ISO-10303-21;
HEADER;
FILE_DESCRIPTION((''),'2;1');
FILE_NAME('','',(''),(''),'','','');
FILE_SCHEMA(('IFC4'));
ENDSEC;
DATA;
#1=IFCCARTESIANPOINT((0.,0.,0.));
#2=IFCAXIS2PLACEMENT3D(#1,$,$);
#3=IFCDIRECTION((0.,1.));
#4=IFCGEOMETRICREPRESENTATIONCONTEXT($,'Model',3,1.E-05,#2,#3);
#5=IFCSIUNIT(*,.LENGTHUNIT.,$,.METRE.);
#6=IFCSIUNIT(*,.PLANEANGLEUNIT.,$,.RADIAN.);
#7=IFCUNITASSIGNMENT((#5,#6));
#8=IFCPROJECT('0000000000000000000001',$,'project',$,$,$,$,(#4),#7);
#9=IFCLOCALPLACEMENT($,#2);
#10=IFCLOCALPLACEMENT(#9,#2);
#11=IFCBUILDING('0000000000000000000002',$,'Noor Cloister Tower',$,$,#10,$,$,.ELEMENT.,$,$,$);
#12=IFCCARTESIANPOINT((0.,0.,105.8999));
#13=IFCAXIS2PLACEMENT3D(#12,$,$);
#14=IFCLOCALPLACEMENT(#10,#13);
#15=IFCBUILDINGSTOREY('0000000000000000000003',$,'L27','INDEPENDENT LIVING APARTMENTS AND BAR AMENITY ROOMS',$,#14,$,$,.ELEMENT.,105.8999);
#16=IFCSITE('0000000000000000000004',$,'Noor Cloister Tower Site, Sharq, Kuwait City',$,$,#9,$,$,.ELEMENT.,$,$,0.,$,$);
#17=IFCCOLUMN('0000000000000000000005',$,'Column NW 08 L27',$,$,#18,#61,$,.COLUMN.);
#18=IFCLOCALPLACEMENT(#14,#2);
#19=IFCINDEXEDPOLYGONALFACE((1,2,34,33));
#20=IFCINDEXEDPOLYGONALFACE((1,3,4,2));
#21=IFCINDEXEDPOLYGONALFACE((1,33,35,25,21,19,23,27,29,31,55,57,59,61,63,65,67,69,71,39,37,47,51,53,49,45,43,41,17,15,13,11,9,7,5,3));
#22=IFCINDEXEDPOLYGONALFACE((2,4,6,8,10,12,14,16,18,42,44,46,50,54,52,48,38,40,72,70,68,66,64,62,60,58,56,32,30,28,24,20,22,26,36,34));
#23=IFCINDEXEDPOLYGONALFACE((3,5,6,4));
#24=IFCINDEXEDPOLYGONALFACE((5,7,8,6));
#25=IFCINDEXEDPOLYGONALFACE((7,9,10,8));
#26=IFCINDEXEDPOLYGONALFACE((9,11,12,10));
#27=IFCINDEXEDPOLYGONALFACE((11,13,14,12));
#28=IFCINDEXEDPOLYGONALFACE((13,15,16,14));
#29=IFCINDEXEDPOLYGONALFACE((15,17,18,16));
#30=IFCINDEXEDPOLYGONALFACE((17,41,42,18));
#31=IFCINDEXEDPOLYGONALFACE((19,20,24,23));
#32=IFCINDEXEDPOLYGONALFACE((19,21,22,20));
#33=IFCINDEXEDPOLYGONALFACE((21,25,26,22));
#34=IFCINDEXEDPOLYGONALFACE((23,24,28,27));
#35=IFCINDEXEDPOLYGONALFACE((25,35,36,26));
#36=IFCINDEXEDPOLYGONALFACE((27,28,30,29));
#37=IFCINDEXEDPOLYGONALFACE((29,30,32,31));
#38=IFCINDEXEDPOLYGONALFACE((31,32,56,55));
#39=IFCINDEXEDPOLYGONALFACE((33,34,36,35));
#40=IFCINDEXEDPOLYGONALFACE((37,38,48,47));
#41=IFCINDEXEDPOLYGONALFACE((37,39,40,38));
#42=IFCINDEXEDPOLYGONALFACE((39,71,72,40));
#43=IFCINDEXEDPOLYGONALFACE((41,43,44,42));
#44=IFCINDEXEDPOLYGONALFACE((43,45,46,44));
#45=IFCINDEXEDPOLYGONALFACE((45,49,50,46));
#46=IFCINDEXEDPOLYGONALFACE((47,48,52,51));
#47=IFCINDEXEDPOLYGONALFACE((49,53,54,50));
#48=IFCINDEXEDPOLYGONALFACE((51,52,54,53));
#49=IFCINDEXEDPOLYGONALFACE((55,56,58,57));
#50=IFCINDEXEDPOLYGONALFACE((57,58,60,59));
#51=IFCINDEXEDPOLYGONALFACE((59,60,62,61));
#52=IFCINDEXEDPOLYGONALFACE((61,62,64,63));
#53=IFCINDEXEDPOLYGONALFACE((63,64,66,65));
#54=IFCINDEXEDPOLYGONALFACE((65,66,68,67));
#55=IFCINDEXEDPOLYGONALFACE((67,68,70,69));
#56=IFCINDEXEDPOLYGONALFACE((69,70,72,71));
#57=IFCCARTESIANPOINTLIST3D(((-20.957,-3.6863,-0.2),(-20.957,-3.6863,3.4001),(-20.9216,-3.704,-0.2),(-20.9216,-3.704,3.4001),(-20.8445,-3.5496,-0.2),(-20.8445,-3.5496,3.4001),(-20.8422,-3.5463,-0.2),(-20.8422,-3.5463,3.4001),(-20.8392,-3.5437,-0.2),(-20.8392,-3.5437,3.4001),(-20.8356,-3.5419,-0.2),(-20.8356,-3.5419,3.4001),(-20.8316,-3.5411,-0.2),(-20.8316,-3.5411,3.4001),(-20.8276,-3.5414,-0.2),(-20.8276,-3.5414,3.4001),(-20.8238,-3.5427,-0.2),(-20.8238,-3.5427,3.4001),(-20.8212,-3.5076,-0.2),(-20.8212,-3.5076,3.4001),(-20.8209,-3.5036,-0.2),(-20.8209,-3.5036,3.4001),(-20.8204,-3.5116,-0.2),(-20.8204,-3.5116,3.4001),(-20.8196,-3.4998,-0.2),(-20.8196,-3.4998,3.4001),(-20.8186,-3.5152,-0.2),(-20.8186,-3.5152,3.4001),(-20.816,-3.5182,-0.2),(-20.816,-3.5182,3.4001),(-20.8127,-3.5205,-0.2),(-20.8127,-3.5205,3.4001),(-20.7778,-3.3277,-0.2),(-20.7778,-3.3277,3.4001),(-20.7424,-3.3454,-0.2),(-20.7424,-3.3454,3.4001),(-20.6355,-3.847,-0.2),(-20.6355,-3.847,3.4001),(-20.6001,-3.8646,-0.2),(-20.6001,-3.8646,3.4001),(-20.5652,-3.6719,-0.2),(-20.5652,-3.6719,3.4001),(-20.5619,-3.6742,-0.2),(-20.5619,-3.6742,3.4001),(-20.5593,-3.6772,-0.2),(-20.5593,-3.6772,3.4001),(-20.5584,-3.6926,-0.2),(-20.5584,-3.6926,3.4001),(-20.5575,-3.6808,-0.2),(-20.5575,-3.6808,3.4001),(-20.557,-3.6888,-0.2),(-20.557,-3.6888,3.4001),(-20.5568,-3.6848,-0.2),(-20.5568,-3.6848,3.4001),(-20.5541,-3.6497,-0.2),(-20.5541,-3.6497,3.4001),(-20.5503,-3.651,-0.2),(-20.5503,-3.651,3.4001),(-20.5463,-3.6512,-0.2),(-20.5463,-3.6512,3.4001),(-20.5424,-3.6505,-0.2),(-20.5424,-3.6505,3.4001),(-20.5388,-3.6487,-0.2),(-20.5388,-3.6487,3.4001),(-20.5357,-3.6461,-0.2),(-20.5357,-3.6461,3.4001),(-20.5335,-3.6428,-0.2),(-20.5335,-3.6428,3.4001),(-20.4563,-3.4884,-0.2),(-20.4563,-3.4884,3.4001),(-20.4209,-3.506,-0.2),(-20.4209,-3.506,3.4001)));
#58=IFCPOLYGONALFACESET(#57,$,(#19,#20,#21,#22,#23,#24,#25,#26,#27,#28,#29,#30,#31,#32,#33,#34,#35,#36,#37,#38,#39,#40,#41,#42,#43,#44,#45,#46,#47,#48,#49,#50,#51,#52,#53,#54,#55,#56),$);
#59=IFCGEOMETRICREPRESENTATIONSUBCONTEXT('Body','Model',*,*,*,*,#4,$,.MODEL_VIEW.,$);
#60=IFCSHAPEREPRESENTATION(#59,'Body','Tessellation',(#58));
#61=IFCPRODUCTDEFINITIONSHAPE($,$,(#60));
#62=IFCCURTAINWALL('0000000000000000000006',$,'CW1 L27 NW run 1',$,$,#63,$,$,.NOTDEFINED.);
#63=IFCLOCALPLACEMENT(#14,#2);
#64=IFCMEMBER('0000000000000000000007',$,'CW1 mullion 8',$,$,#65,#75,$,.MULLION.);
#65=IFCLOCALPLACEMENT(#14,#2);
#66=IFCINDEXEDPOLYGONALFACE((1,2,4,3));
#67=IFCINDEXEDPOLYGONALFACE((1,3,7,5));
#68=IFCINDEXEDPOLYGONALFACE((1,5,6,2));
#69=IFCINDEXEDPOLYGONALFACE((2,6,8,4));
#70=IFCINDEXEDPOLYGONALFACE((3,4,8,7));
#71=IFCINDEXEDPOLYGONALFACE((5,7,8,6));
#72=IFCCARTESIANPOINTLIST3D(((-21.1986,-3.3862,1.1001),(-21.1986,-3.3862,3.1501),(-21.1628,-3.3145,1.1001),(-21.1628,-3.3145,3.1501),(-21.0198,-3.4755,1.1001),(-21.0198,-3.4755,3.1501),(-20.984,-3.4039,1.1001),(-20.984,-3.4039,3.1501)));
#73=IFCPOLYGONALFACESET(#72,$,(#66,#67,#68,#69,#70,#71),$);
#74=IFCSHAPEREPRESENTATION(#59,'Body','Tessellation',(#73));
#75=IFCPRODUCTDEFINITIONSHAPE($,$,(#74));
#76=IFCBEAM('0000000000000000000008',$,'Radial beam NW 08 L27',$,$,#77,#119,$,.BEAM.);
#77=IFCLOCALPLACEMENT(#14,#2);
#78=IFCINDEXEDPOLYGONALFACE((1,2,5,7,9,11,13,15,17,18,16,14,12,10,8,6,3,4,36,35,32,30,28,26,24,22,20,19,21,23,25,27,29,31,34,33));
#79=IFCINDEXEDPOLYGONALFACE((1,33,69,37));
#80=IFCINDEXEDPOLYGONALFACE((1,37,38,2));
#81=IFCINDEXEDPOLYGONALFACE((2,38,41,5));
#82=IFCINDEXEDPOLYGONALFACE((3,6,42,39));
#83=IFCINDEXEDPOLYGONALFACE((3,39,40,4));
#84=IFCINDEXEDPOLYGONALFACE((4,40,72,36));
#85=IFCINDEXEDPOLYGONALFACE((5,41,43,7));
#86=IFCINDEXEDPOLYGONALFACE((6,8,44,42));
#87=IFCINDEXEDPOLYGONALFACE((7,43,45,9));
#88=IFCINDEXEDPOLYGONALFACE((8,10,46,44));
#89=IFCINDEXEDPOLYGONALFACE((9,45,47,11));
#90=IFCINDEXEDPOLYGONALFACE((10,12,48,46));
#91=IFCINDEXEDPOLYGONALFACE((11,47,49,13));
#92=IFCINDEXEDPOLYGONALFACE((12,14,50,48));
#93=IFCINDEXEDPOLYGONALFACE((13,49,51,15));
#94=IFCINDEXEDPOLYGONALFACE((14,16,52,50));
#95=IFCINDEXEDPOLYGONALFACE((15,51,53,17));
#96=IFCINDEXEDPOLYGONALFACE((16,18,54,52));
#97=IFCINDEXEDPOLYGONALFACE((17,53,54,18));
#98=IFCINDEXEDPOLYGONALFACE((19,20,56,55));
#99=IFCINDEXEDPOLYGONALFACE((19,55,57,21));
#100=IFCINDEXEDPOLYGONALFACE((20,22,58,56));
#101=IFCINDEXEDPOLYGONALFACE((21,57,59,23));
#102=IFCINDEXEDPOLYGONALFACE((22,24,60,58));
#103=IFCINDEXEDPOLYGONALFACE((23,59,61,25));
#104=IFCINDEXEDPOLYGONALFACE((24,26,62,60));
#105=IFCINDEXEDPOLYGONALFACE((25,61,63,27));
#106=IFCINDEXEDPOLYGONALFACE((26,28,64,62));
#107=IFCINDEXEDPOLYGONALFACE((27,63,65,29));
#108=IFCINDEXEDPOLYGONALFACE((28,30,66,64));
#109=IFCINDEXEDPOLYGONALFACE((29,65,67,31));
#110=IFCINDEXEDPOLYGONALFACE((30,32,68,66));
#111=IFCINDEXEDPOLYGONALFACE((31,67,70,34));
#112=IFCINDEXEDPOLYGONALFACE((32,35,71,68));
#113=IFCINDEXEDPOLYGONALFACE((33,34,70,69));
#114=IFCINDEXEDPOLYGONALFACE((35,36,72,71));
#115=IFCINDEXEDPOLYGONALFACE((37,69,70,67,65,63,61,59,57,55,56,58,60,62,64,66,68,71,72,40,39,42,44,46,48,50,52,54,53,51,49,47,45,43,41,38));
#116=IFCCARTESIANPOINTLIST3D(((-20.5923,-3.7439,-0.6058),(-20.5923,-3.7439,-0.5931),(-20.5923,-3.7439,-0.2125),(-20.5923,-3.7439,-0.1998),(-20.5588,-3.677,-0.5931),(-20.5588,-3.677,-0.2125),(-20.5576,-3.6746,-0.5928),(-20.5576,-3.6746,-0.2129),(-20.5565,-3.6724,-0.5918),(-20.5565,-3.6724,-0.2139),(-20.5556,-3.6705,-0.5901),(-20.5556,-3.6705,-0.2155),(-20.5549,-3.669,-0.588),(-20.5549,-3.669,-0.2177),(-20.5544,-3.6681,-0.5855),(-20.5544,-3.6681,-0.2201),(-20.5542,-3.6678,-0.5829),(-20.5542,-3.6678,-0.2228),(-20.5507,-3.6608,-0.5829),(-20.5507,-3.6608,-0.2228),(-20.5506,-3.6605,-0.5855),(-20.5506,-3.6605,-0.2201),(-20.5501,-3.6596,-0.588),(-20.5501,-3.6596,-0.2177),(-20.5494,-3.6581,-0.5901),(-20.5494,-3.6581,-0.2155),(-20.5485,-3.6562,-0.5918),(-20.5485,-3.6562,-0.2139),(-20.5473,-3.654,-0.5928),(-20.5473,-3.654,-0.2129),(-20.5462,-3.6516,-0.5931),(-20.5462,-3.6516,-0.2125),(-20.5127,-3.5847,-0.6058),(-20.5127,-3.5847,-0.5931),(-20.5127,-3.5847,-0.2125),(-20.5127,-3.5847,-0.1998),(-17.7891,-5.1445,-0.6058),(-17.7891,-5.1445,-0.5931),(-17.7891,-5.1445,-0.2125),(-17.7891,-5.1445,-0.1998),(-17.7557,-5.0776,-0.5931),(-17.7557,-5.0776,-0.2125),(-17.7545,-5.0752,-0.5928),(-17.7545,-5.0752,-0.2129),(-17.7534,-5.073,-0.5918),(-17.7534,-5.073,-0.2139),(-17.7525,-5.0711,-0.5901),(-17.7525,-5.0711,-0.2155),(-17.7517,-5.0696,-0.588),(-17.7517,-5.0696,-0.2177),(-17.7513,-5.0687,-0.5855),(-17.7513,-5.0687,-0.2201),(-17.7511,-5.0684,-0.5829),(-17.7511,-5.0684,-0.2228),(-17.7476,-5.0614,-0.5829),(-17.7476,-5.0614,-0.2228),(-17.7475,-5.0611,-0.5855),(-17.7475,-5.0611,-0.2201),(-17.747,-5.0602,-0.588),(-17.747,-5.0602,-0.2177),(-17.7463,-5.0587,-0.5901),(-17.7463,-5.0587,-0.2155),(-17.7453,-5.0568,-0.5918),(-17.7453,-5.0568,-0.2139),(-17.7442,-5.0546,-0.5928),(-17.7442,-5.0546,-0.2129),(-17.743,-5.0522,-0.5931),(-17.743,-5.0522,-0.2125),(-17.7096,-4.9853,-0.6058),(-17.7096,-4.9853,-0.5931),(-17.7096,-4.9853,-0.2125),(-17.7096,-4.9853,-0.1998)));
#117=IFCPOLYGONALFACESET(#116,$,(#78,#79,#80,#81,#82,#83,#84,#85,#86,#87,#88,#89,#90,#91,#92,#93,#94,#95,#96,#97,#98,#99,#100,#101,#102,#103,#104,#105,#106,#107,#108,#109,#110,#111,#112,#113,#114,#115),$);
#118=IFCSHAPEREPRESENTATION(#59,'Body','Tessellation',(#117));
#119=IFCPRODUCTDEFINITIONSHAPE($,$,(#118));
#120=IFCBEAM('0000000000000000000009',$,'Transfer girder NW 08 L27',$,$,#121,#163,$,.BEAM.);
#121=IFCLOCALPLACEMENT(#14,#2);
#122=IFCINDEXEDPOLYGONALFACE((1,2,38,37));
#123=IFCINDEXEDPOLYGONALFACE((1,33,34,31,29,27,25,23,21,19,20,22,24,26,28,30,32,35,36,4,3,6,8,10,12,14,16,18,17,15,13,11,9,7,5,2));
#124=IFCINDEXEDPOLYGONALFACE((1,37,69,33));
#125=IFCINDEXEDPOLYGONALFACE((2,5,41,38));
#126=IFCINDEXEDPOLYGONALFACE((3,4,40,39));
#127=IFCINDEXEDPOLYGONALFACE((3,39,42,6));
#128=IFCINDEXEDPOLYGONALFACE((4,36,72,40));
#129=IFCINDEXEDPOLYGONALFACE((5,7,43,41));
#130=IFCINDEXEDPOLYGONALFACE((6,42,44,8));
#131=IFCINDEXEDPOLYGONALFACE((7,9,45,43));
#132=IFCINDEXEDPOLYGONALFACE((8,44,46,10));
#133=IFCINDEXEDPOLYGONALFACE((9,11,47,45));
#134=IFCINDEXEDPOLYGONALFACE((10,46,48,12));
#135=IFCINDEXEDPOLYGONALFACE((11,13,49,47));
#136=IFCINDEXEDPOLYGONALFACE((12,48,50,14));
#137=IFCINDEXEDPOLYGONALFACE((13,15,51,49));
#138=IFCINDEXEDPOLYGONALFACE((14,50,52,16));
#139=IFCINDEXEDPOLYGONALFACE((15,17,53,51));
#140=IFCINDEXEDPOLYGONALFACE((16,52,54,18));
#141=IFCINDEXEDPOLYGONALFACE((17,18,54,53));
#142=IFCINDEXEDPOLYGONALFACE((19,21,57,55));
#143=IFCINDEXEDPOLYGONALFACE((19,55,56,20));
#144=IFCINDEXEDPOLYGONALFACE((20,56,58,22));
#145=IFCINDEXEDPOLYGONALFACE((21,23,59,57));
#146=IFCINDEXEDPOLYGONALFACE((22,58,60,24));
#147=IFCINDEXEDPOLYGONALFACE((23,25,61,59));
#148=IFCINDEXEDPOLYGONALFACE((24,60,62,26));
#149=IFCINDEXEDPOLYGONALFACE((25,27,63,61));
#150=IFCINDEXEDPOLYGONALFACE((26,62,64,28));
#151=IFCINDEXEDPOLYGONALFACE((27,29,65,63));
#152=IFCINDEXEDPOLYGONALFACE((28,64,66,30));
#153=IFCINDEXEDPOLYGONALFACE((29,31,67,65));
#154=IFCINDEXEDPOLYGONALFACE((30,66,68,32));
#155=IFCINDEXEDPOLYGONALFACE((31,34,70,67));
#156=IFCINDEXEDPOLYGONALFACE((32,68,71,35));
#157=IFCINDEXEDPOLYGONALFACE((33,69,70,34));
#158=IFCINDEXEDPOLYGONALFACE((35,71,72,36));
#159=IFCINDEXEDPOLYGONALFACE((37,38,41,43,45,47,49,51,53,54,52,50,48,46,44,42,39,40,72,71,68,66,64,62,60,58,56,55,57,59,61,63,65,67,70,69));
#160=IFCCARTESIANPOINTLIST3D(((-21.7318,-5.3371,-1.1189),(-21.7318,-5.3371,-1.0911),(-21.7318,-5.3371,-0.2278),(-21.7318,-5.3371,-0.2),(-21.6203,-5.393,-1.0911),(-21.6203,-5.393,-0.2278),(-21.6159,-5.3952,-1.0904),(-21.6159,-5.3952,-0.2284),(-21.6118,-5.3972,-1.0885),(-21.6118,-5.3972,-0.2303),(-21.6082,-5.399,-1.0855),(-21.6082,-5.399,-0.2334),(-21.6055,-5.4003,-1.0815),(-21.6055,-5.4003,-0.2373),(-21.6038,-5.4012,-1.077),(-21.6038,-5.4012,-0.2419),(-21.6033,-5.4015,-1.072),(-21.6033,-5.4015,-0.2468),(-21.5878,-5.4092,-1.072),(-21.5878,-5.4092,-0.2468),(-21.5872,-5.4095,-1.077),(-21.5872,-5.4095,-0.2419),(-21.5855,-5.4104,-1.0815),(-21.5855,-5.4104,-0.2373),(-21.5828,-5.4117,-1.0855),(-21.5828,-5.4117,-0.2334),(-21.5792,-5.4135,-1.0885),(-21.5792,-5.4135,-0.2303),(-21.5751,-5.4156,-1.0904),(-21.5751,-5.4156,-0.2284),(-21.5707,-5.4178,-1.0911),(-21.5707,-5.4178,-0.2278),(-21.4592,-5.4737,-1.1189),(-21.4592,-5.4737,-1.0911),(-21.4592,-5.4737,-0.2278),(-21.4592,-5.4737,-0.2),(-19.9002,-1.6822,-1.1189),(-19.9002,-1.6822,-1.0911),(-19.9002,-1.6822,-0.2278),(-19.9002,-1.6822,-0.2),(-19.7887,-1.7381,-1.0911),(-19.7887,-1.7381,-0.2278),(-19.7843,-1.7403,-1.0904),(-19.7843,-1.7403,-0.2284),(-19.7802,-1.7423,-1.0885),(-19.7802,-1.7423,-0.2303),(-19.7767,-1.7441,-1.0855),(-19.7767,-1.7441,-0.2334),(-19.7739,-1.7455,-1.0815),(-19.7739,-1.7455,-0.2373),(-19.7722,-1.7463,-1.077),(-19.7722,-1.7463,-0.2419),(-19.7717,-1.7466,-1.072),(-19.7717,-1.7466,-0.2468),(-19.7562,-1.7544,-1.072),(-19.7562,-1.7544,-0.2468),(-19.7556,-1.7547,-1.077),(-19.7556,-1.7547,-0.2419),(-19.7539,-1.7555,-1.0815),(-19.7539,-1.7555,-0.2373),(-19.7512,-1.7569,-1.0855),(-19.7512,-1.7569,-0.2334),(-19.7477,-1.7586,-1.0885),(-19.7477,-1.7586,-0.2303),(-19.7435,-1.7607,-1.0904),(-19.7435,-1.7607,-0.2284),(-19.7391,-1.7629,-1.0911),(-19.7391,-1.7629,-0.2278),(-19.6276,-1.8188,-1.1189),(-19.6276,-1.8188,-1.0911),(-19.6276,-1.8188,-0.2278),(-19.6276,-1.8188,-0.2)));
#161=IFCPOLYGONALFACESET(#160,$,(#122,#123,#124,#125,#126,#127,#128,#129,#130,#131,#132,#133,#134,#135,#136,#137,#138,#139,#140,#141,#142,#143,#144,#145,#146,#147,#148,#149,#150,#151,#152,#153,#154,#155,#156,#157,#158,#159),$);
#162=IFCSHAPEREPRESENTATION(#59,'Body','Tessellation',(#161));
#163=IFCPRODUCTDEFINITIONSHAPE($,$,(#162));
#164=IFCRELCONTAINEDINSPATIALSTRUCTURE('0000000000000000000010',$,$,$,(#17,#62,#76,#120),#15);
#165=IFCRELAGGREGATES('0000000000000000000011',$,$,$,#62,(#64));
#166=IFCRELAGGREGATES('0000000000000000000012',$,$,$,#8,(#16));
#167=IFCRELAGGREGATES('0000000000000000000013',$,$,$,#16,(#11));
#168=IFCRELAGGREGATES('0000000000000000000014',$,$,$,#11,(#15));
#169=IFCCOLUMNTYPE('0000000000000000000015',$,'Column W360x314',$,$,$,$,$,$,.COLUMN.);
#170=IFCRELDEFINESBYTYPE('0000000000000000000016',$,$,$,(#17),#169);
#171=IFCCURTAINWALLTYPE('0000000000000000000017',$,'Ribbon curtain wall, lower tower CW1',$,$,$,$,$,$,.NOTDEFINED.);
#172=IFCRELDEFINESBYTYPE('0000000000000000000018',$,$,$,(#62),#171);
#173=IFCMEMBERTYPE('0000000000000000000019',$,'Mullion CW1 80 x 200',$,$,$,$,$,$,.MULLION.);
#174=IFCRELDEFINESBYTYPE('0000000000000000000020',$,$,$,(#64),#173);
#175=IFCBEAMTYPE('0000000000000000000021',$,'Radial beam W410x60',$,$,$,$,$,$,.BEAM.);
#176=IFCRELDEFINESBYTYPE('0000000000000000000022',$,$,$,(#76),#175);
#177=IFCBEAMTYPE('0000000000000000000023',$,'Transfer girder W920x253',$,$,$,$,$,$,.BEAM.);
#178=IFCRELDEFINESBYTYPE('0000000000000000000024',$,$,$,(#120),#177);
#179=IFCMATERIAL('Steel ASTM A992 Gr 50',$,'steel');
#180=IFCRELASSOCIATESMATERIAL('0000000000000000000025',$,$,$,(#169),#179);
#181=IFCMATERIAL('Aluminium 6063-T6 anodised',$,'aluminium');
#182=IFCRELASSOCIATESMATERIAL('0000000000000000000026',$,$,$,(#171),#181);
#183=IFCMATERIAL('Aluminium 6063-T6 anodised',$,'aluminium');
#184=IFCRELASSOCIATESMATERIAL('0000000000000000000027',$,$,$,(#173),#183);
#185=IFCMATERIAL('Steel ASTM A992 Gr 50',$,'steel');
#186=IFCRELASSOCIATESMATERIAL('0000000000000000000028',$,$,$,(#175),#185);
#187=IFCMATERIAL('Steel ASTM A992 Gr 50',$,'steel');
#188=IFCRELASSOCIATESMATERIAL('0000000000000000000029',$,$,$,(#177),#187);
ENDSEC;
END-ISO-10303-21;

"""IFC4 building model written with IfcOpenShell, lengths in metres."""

from ifc_helpers import new_model, si_unit, direction, frame, origin, origin_2d, place, context, subcontext, project, spatial, rectangle, i_section, extrude, material, material_profile, profile_set, type_object, element, aggregate, save


model = new_model("IFC4")

# Units and contexts
model_context = context("Model", 3, precision=1e-05, world=origin(), true_north=direction((0.0, 1.0)))
body_context = subcontext(model_context, "Body", "Model", "MODEL_VIEW")
ifc_project = project(units=[si_unit("LENGTHUNIT", "METRE"), si_unit("PLANEANGLEUNIT", "RADIAN")], contexts=[model_context])

# Site, building, storey
site_placement = place(None, origin())
site = spatial("IfcSite", under=ifc_project, at=site_placement, Name="Noor Cloister Tower Site, Sharq, Kuwait City", CompositionType="ELEMENT", RefElevation=0.0)
building_placement = place(site_placement, origin())
building = spatial("IfcBuilding", under=site, at=building_placement, Name="Noor Cloister Tower", CompositionType="ELEMENT")
storey_placement = place(building_placement, frame((0.0, 0.0, 105.8999)))
storey = spatial("IfcBuildingStorey", under=building, at=storey_placement, Name="L27", Description="INDEPENDENT LIVING APARTMENTS AND BAR AMENITY ROOMS", CompositionType="ELEMENT", Elevation=105.8999)

# Column
ifc_material_1 = material(Name="Steel ASTM A992 Gr 50", Category="steel")
ifc_material_profile_1 = material_profile(ifc_material_1, i_section(OverallWidth=0.4009, OverallDepth=0.3989, WebThickness=0.0249, FlangeThickness=0.0396, FilletRadius=0.0154, at=origin_2d()), Name="W360x314")
ifc_profile_set_1 = profile_set([ifc_material_profile_1], Name="Steel ASTM A992 Gr 50")
column_type = type_object("IfcColumnType", Name="Column W360x314", PredefinedType="COLUMN", material=ifc_profile_set_1)
column_placement = place(storey_placement, frame((-20.689, -3.5962, -0.2), z_axis=(0.0, 0.0, 1.0), x_axis=(-0.446959, -0.894555, 0.0)))
element("IfcColumn", 1, at=column_placement, inside=storey, type_object=column_type, Name="Column NW 08 L27", PredefinedType="COLUMN", context=body_context, shape_type="SweptSolid", body=[
    extrude(i_section(OverallWidth=0.4009, OverallDepth=0.3989, WebThickness=0.0249, FlangeThickness=0.0396, FilletRadius=0.0154, at=origin_2d()), origin(), (0.0, 0.0, 1.0), 3.6001),
])

# Curtain wall, member
ifc_material_2 = material(Name="Aluminium 6063-T6 anodised", Category="aluminium")
curtain_wall_type = type_object("IfcCurtainWallType", Name="Ribbon curtain wall, lower tower CW1", PredefinedType="NOTDEFINED", material=ifc_material_2)
curtain_wall_placement = place(storey_placement, origin())
curtain_wall = element("IfcCurtainWall", 2, at=curtain_wall_placement, inside=storey, type_object=curtain_wall_type, Name="CW1 L27 NW run 1", PredefinedType="NOTDEFINED")
ifc_material_3 = material(Name="Aluminium 6063-T6 anodised", Category="aluminium")
ifc_material_profile_2 = material_profile(ifc_material_3, rectangle(XDim=0.2, YDim=0.0801, at=origin_2d()), Name="200 x 80 mullion")
ifc_profile_set_2 = profile_set([ifc_material_profile_2], Name="Aluminium 6063-T6 anodised")
member_type = type_object("IfcMemberType", Name="Mullion CW1 80 x 200", PredefinedType="MULLION", material=ifc_profile_set_2)
member_placement = place(storey_placement, frame((-21.0913, -3.395, 1.1001), z_axis=(0.0, 0.0, 1.0), x_axis=(0.894555, -0.446959, 0.0)))
member = element("IfcMember", 3, at=member_placement, type_object=member_type, Name="CW1 mullion 8", PredefinedType="MULLION", context=body_context, shape_type="SweptSolid", body=[
    extrude(rectangle(XDim=0.2, YDim=0.0801, at=origin_2d()), origin(), (0.0, 0.0, 1.0), 2.05),
])

# Beams
ifc_material_4 = material(Name="Steel ASTM A992 Gr 50", Category="steel")
ifc_material_profile_3 = material_profile(ifc_material_4, i_section(OverallWidth=0.178, OverallDepth=0.406, WebThickness=0.0078, FlangeThickness=0.0127, FilletRadius=0.0103, at=origin_2d()), Name="W410x60")
ifc_profile_set_3 = profile_set([ifc_material_profile_3], Name="Steel ASTM A992 Gr 50")
beam_type_1 = type_object("IfcBeamType", Name="Radial beam W410x60", PredefinedType="BEAM", material=ifc_profile_set_3)
beam_placement = place(storey_placement, frame((-20.5525, -3.6643, -0.4028), z_axis=(0.894552, -0.446964, 0.0), x_axis=(0.446964, 0.894552, 0.0)))
element("IfcBeam", 4, at=beam_placement, inside=storey, type_object=beam_type_1, Name="Radial beam NW 08 L27", PredefinedType="BEAM", context=body_context, shape_type="SweptSolid", body=[
    extrude(i_section(OverallWidth=0.178, OverallDepth=0.406, WebThickness=0.0078, FlangeThickness=0.0127, FilletRadius=0.0103, at=origin_2d()), origin(), (0.0, 0.0, 1.0), 3.1335),
])
ifc_material_5 = material(Name="Steel ASTM A992 Gr 50", Category="steel")
ifc_material_profile_4 = material_profile(ifc_material_5, i_section(OverallWidth=0.3049, OverallDepth=0.9189, WebThickness=0.0173, FlangeThickness=0.0278, FilletRadius=0.019, at=origin_2d()), Name="W920x253")
ifc_profile_set_4 = profile_set([ifc_material_profile_4], Name="Steel ASTM A992 Gr 50")
beam_type_2 = type_object("IfcBeamType", Name="Transfer girder W920x253", PredefinedType="BEAM", material=ifc_profile_set_4)
for number, where, z_axis, x_axis, name in (
    (5, (-19.7639, -1.7505, -0.6594), (-0.448026, -0.894021, 0.0), (0.894021, -0.448026, 0.0), "Transfer girder NW 08 L27"),
):
    element("IfcBeam", number, at=place(storey_placement, frame(where, z_axis=z_axis, x_axis=x_axis)), inside=storey, type_object=beam_type_2, Name=name, PredefinedType="BEAM", context=body_context, shape_type="SweptSolid", body=[
        extrude(i_section(OverallWidth=0.3049, OverallDepth=0.9189, WebThickness=0.0173, FlangeThickness=0.0278, FilletRadius=0.019, at=origin_2d()), origin(), (0.0, 0.0, 1.0), 4.0881),
    ])

aggregate(curtain_wall, [member])

save(model, "model.ifc")
